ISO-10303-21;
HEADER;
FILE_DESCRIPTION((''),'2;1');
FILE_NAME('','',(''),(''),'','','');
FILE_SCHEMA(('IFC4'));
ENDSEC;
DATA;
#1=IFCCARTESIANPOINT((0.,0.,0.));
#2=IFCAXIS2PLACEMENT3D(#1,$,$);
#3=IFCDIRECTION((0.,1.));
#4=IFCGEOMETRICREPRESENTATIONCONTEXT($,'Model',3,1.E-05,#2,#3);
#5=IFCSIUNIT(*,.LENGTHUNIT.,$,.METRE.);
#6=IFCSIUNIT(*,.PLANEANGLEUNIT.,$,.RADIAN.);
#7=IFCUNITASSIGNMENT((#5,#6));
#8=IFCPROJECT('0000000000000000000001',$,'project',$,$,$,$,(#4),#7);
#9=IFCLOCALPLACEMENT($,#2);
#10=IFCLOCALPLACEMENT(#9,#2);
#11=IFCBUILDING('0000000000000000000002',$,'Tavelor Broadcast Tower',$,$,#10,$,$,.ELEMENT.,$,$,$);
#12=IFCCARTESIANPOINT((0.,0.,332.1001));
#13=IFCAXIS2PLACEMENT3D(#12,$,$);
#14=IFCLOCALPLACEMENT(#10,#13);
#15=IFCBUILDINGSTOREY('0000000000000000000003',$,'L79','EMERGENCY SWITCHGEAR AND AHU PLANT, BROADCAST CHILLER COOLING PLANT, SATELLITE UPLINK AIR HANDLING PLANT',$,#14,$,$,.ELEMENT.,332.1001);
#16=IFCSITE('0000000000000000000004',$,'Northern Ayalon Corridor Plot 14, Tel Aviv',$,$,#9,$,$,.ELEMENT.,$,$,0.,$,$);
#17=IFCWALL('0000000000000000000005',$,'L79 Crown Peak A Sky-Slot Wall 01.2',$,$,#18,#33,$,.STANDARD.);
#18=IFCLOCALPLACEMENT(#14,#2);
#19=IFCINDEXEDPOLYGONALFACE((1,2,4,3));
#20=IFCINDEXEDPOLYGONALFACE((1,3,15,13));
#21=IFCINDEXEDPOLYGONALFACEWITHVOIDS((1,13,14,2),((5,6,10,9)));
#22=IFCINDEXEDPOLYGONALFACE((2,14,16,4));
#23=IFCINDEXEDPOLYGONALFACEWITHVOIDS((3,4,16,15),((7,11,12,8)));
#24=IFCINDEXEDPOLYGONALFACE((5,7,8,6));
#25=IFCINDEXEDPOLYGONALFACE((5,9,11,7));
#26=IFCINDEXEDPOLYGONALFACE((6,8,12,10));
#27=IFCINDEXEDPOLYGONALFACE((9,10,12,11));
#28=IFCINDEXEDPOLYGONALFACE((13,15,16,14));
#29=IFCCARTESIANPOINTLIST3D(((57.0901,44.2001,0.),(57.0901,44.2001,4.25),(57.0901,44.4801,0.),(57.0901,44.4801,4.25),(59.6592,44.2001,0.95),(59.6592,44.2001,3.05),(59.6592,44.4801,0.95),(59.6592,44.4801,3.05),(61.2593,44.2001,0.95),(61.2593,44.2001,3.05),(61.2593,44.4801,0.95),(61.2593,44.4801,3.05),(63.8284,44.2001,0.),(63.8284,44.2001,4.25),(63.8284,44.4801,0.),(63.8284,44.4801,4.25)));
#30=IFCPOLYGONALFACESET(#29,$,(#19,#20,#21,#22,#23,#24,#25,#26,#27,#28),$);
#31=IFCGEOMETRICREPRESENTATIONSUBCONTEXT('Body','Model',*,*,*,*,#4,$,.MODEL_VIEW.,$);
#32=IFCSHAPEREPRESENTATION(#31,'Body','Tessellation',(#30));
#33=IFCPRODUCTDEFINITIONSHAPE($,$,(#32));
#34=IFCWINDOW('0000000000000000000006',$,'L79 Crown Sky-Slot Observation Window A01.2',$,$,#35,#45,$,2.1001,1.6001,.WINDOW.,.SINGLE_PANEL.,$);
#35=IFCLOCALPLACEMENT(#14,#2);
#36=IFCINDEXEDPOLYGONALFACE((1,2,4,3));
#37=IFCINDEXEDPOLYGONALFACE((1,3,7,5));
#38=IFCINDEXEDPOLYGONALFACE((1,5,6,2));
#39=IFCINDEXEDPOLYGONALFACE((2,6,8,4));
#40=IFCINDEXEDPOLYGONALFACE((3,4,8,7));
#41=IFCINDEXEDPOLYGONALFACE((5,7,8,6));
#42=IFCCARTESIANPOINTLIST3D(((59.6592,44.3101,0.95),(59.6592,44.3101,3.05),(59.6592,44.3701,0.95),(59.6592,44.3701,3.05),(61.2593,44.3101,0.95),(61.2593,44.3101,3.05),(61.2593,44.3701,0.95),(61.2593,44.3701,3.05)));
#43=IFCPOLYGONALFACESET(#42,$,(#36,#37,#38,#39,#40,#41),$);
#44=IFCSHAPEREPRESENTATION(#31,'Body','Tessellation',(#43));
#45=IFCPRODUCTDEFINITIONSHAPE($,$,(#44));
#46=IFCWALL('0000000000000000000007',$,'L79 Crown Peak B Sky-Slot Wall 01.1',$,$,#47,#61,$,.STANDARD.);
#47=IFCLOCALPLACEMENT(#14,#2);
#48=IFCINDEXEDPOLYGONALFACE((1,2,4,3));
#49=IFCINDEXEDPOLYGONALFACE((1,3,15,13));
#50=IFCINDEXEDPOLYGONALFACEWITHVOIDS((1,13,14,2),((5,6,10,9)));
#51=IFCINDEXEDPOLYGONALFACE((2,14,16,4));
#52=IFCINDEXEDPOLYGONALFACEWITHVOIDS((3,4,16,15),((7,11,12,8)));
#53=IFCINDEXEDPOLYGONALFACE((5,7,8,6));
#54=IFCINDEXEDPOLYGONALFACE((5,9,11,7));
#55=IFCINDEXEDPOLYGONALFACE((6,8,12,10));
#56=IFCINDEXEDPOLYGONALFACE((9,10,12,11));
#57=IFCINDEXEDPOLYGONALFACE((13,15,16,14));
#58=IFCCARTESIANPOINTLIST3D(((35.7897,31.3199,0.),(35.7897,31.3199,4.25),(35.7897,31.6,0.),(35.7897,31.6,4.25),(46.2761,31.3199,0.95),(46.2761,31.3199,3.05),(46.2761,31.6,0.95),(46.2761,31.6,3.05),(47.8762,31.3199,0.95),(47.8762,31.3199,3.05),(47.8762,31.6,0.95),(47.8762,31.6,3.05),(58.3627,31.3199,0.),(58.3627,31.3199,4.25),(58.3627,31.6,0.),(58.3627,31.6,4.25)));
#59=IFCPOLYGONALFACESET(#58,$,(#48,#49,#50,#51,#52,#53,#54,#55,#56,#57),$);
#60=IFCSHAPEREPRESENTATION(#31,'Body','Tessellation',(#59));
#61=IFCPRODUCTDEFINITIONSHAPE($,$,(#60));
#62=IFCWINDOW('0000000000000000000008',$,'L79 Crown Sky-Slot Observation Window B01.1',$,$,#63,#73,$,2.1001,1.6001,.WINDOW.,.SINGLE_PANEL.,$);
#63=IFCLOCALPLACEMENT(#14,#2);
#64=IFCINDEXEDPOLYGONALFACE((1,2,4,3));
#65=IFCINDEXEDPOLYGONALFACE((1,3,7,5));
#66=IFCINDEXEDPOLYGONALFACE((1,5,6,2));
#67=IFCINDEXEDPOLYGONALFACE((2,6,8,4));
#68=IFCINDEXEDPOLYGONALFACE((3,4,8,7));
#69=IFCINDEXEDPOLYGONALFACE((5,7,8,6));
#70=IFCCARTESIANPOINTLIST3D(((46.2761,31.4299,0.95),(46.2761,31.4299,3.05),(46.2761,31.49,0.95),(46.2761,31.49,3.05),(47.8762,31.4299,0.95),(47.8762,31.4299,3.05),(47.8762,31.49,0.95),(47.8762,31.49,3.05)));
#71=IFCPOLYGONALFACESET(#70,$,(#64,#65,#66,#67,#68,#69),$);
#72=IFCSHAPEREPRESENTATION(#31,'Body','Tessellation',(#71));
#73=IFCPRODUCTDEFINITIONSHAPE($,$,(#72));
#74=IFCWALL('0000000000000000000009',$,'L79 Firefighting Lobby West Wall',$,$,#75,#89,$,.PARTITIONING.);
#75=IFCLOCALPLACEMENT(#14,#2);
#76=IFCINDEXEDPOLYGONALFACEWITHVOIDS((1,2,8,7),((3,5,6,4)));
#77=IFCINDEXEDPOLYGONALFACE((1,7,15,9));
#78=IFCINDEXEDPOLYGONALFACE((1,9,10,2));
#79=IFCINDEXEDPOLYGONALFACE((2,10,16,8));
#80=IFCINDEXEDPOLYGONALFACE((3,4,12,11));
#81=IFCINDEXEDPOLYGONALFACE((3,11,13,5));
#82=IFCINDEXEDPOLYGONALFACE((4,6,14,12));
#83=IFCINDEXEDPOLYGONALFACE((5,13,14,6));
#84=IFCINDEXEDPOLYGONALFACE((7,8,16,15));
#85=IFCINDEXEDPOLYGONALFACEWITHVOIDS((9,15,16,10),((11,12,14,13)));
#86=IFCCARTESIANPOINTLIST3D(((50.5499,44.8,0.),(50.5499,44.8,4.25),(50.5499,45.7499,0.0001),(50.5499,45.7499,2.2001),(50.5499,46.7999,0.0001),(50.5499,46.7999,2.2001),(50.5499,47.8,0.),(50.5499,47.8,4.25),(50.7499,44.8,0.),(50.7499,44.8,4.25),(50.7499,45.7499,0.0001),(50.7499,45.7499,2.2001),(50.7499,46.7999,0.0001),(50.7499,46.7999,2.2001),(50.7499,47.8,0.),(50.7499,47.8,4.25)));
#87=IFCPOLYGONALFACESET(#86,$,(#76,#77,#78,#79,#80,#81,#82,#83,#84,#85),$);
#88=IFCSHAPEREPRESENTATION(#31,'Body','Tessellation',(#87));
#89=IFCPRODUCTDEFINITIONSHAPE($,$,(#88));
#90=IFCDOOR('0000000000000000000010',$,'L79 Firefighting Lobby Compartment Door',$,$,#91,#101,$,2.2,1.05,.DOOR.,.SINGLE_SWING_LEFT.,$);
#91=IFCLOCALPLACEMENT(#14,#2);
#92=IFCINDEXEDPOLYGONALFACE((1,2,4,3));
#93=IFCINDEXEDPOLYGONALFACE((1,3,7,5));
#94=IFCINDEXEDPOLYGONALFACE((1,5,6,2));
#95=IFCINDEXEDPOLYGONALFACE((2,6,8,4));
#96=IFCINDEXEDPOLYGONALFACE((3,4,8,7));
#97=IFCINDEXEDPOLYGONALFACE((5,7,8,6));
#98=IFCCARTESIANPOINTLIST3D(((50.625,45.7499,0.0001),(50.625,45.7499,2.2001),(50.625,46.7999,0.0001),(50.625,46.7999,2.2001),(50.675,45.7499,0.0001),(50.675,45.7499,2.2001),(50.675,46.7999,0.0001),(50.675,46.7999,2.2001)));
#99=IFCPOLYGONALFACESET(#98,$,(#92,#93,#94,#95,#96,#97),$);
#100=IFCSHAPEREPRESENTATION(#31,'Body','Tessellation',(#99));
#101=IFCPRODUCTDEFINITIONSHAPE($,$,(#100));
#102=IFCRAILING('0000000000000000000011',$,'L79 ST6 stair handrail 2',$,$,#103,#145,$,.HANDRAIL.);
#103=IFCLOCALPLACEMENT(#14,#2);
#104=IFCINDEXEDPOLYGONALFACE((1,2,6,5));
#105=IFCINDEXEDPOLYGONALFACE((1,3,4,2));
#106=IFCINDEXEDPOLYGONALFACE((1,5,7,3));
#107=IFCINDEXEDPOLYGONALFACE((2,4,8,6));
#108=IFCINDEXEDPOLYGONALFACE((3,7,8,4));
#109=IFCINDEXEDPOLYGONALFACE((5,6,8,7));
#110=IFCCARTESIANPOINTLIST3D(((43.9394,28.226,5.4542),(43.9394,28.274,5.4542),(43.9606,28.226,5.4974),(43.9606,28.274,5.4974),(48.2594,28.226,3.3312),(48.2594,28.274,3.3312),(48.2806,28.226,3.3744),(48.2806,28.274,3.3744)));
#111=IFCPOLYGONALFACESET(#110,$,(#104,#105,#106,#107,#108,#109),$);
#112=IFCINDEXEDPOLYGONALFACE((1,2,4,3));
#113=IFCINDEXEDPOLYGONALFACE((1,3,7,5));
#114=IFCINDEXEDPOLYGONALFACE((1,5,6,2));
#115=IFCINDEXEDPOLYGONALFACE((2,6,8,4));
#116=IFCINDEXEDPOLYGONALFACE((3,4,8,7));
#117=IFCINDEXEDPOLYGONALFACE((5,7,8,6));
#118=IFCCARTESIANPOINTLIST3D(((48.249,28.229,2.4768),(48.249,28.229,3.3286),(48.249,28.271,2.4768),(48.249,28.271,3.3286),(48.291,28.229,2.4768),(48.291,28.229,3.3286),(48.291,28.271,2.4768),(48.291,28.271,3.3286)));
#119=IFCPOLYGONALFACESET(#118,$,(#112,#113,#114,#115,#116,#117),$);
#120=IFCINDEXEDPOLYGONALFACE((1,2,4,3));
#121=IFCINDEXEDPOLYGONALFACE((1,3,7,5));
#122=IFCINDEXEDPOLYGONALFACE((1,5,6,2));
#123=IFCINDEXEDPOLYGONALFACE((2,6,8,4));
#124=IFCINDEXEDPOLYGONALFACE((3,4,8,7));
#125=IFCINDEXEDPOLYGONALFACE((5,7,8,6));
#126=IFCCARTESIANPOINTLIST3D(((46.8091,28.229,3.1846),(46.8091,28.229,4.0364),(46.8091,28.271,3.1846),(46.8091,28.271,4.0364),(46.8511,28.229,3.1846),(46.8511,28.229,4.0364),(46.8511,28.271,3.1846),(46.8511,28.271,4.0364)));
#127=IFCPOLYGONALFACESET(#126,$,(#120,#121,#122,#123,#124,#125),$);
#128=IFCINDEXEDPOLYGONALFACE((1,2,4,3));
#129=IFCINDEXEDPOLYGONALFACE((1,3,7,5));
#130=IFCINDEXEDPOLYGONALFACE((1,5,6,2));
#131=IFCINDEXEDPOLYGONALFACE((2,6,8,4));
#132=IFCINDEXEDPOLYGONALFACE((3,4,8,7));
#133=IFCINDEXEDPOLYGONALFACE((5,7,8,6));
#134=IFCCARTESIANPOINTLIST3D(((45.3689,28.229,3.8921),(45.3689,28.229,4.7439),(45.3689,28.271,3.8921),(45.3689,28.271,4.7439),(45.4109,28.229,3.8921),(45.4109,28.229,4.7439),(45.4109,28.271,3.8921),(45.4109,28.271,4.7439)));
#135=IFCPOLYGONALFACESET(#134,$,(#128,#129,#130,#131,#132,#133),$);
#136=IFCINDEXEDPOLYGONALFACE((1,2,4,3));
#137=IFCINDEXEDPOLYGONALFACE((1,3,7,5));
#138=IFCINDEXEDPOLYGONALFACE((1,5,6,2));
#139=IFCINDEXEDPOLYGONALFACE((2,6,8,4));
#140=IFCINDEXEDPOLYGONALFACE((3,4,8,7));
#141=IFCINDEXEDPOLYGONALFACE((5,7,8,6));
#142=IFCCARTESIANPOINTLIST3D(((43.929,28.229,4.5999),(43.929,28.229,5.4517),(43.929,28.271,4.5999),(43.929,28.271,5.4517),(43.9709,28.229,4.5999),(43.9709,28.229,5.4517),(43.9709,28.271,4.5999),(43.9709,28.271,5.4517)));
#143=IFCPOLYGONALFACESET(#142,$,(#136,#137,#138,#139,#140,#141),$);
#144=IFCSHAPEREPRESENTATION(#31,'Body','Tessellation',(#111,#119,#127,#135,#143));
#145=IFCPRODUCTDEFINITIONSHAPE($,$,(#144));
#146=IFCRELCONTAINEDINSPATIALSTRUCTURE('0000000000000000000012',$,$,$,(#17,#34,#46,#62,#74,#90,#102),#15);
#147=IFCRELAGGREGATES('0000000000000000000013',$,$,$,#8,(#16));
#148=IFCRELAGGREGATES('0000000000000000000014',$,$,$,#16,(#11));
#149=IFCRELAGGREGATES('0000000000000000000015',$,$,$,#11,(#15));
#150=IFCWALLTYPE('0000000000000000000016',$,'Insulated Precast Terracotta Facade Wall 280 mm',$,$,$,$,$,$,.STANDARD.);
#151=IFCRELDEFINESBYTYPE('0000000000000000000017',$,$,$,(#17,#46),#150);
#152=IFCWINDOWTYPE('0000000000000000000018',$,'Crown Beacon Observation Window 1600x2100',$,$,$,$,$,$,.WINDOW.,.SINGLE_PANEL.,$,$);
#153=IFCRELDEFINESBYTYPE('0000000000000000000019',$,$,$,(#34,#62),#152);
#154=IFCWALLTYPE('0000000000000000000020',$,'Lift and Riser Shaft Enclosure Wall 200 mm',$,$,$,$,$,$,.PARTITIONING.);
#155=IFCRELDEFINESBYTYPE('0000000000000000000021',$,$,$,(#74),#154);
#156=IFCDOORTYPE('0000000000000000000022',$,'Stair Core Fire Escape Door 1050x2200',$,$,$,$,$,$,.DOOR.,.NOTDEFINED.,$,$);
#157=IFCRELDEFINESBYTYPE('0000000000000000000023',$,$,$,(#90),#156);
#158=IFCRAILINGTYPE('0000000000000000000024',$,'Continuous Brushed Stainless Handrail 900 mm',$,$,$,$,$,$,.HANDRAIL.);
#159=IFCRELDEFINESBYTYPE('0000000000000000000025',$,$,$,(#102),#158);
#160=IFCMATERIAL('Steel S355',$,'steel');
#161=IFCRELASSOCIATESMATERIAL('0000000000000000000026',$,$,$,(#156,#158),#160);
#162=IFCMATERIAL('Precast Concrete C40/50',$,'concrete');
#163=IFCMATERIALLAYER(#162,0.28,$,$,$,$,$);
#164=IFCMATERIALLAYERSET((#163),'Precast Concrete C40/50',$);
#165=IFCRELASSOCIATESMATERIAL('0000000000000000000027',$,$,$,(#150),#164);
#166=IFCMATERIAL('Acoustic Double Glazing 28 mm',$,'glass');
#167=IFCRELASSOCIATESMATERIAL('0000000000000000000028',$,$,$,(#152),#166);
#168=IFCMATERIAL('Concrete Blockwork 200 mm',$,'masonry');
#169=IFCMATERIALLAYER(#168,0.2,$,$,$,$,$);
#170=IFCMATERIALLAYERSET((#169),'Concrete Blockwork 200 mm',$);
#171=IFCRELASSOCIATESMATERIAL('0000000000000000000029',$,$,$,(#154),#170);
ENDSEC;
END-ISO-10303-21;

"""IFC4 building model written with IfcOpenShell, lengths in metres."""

from ifc_helpers import new_model, si_unit, direction, frame, frame_2d, origin, origin_2d, place, context, subcontext, project, spatial, rectangle, extrude, material, layer, layer_set, type_object, element, fill, save


model = new_model("IFC4")

# Units and contexts
model_context = context("Model", 3, precision=1e-05, world=origin(), true_north=direction((0.0, 1.0)))
body_context = subcontext(model_context, "Body", "Model", "MODEL_VIEW")
ifc_project = project(units=[si_unit("LENGTHUNIT", "METRE"), si_unit("PLANEANGLEUNIT", "RADIAN")], contexts=[model_context])

# Site, building, storey
site_placement = place(None, origin())
site = spatial("IfcSite", under=ifc_project, at=site_placement, Name="Northern Ayalon Corridor Plot 14, Tel Aviv", CompositionType="ELEMENT", RefElevation=0.0)
building_placement = place(site_placement, origin())
building = spatial("IfcBuilding", under=site, at=building_placement, Name="Tavelor Broadcast Tower", CompositionType="ELEMENT")
storey_placement = place(building_placement, frame((0.0, 0.0, 332.1001)))
storey = spatial("IfcBuildingStorey", under=building, at=storey_placement, Name="L79", Description="EMERGENCY SWITCHGEAR AND AHU PLANT, BROADCAST CHILLER COOLING PLANT, SATELLITE UPLINK AIR HANDLING PLANT", CompositionType="ELEMENT", Elevation=332.1001)

# Shared definitions
ifc_material_1 = material(Name="Steel S355", Category="steel")

# Shared definitions
door_type_1 = type_object("IfcDoorType", Name="Stair Core Fire Escape Door 1050x2200", OperationType="NOTDEFINED", PredefinedType="DOOR", material=ifc_material_1)

# Walls, openings, windows
ifc_material_2 = material(Name="Precast Concrete C40/50", Category="concrete")
ifc_layer_1 = layer(ifc_material_2, 0.28)
ifc_layer_set_1 = layer_set([ifc_layer_1], Name="Precast Concrete C40/50")
wall_type_1 = type_object("IfcWallType", Name="Insulated Precast Terracotta Facade Wall 280 mm", PredefinedType="STANDARD", material=ifc_layer_set_1)
wall_1_placement = place(storey_placement, frame((57.0901, 44.3401, 0.0), z_axis=(0.0, 0.0, 1.0), x_axis=(1.0, 0.0, 0.0)))
wall_1 = element("IfcWall", 1, at=wall_1_placement, inside=storey, type_object=wall_type_1, Name="L79 Crown Peak A Sky-Slot Wall 01.2", PredefinedType="STANDARD", context=body_context, shape_type="SweptSolid", body=[
    extrude(rectangle(XDim=6.7383, YDim=0.28, at=frame_2d((3.3691, 0.0))), origin(), (0.0, 0.0, 1.0), 4.25),
])
opening_1_placement = place(wall_1_placement, frame((2.5691, 0.0, 0.95)))
opening_1 = element("IfcOpeningElement", 2, at=opening_1_placement, cuts=wall_1, PredefinedType="OPENING", context=body_context, shape_type="SweptSolid", body=[
    extrude(rectangle(XDim=1.6001, YDim=2.1001, at=frame_2d((0.8, 1.05))), frame((0.0, 0.1499, 0.0), z_axis=(0.0, -1.0, 0.0), x_axis=(1.0, 0.0, 0.0)), (0.0, 0.0, 1.0), 0.3),
])
ifc_material_3 = material(Name="Acoustic Double Glazing 28 mm", Category="glass")
window_type = type_object("IfcWindowType", Name="Crown Beacon Observation Window 1600x2100", PartitioningType="SINGLE_PANEL", PredefinedType="WINDOW", material=ifc_material_3)
window_1_placement = place(opening_1_placement, origin())
window_1 = element("IfcWindow", 3, at=window_1_placement, inside=storey, type_object=window_type, Name="L79 Crown Sky-Slot Observation Window A01.2", OverallHeight=2.1001, OverallWidth=1.6001, PartitioningType="SINGLE_PANEL", PredefinedType="WINDOW", context=body_context, shape_type="SweptSolid", body=[
    extrude(rectangle(XDim=1.6001, YDim=2.1001, at=frame_2d((0.8, 1.05))), frame((0.0, 0.03, 0.0), z_axis=(0.0, -1.0, 0.0), x_axis=(1.0, 0.0, 0.0)), (0.0, 0.0, 1.0), 0.0601),
])
fill(opening_1, window_1)
wall_2_placement = place(storey_placement, frame((58.3628, 31.46, 0.0), z_axis=(0.0, 0.0, 1.0), x_axis=(-1.0, 0.0, 0.0)))
wall_2 = element("IfcWall", 4, at=wall_2_placement, inside=storey, type_object=wall_type_1, Name="L79 Crown Peak B Sky-Slot Wall 01.1", PredefinedType="STANDARD", context=body_context, shape_type="SweptSolid", body=[
    extrude(rectangle(XDim=22.573, YDim=0.28, at=frame_2d((11.2866, 0.0))), origin(), (0.0, 0.0, 1.0), 4.25),
])
opening_2_placement = place(wall_2_placement, frame((10.4866, 0.0, 0.95)))
opening_2 = element("IfcOpeningElement", 5, at=opening_2_placement, cuts=wall_2, PredefinedType="OPENING", context=body_context, shape_type="SweptSolid", body=[
    extrude(rectangle(XDim=1.6001, YDim=2.1001, at=frame_2d((0.8, 1.05))), frame((0.0, 0.1499, 0.0), z_axis=(0.0, -1.0, 0.0), x_axis=(1.0, 0.0, 0.0)), (0.0, 0.0, 1.0), 0.3),
])
window_2_placement = place(opening_2_placement, origin())
window_2 = element("IfcWindow", 6, at=window_2_placement, inside=storey, type_object=window_type, Name="L79 Crown Sky-Slot Observation Window B01.1", OverallHeight=2.1001, OverallWidth=1.6001, PartitioningType="SINGLE_PANEL", PredefinedType="WINDOW", context=body_context, shape_type="SweptSolid", body=[
    extrude(rectangle(XDim=1.6001, YDim=2.1001, at=frame_2d((0.8, 1.05))), frame((0.0, 0.03, 0.0), z_axis=(0.0, -1.0, 0.0), x_axis=(1.0, 0.0, 0.0)), (0.0, 0.0, 1.0), 0.0601),
])
fill(opening_2, window_2)

# Wall, opening, door
ifc_material_4 = material(Name="Concrete Blockwork 200 mm", Category="masonry")
ifc_layer_2 = layer(ifc_material_4, 0.2)
ifc_layer_set_2 = layer_set([ifc_layer_2], Name="Concrete Blockwork 200 mm")
wall_type_2 = type_object("IfcWallType", Name="Lift and Riser Shaft Enclosure Wall 200 mm", PredefinedType="PARTITIONING", material=ifc_layer_set_2)
wall_3_placement = place(storey_placement, frame((50.6499, 44.8, 0.0), z_axis=(0.0, 0.0, 1.0), x_axis=(0.0, 1.0, 0.0)))
wall_3 = element("IfcWall", 7, at=wall_3_placement, inside=storey, type_object=wall_type_2, Name="L79 Firefighting Lobby West Wall", PredefinedType="PARTITIONING", context=body_context, shape_type="SweptSolid", body=[
    extrude(rectangle(XDim=3.0, YDim=0.2, at=frame_2d((1.5, 0.0))), origin(), (0.0, 0.0, 1.0), 4.25),
])
opening_3_placement = place(wall_3_placement, frame((0.95, 0.0, 0.0)))
opening_3 = element("IfcOpeningElement", 8, at=opening_3_placement, cuts=wall_3, PredefinedType="OPENING", context=body_context, shape_type="SweptSolid", body=[
    extrude(rectangle(XDim=1.05, YDim=2.2, at=frame_2d((0.5249, 1.1001))), frame((0.0, 0.1099, 0.0), z_axis=(0.0, -1.0, 0.0), x_axis=(1.0, 0.0, 0.0)), (0.0, 0.0, 1.0), 0.22),
])
door_1_placement = place(opening_3_placement, origin())
door_1 = element("IfcDoor", 9, at=door_1_placement, inside=storey, type_object=door_type_1, Name="L79 Firefighting Lobby Compartment Door", OperationType="SINGLE_SWING_LEFT", OverallHeight=2.2, OverallWidth=1.05, PredefinedType="DOOR", context=body_context, shape_type="SweptSolid", body=[
    extrude(rectangle(XDim=1.05, YDim=2.2, at=frame_2d((0.5249, 1.1001))), frame((0.0, 0.0249, 0.0), z_axis=(0.0, -1.0, 0.0), x_axis=(1.0, 0.0, 0.0)), (0.0, 0.0, 1.0), 0.05),
])
fill(opening_3, door_1)

# Railing
railing_type_1 = type_object("IfcRailingType", Name="Continuous Brushed Stainless Handrail 900 mm", PredefinedType="HANDRAIL", material=ifc_material_1)
railing_1_placement = place(storey_placement, frame((48.27, 28.25, 2.4768)))
element("IfcRailing", 10, at=railing_1_placement, inside=storey, type_object=railing_type_1, Name="L79 ST6 stair handrail 2", PredefinedType="HANDRAIL", context=body_context, shape_type="SweptSolid", body=[
    extrude(rectangle(XDim=0.0481, YDim=0.0481, at=origin_2d()), frame((0.0, 0.0, 0.876), z_axis=(-0.89748, 0.0, 0.441056), x_axis=(0.0, -1.0, 0.0)), (0.0, 0.0, 1.0), 4.8135),
    extrude(rectangle(XDim=0.042, YDim=0.042, at=origin_2d()), origin(), (0.0, 0.0, 1.0), 0.8518),
    extrude(rectangle(XDim=0.042, YDim=0.042, at=origin_2d()), frame((-1.4399, 0.0, 0.7078)), (0.0, 0.0, 1.0), 0.8518),
    extrude(rectangle(XDim=0.042, YDim=0.042, at=origin_2d()), frame((-2.8801, 0.0, 1.4153)), (0.0, 0.0, 1.0), 0.8518),
    extrude(rectangle(XDim=0.042, YDim=0.042, at=origin_2d()), frame((-4.3201, 0.0, 2.123)), (0.0, 0.0, 1.0), 0.8518),
])

save(model, "model.ifc")
